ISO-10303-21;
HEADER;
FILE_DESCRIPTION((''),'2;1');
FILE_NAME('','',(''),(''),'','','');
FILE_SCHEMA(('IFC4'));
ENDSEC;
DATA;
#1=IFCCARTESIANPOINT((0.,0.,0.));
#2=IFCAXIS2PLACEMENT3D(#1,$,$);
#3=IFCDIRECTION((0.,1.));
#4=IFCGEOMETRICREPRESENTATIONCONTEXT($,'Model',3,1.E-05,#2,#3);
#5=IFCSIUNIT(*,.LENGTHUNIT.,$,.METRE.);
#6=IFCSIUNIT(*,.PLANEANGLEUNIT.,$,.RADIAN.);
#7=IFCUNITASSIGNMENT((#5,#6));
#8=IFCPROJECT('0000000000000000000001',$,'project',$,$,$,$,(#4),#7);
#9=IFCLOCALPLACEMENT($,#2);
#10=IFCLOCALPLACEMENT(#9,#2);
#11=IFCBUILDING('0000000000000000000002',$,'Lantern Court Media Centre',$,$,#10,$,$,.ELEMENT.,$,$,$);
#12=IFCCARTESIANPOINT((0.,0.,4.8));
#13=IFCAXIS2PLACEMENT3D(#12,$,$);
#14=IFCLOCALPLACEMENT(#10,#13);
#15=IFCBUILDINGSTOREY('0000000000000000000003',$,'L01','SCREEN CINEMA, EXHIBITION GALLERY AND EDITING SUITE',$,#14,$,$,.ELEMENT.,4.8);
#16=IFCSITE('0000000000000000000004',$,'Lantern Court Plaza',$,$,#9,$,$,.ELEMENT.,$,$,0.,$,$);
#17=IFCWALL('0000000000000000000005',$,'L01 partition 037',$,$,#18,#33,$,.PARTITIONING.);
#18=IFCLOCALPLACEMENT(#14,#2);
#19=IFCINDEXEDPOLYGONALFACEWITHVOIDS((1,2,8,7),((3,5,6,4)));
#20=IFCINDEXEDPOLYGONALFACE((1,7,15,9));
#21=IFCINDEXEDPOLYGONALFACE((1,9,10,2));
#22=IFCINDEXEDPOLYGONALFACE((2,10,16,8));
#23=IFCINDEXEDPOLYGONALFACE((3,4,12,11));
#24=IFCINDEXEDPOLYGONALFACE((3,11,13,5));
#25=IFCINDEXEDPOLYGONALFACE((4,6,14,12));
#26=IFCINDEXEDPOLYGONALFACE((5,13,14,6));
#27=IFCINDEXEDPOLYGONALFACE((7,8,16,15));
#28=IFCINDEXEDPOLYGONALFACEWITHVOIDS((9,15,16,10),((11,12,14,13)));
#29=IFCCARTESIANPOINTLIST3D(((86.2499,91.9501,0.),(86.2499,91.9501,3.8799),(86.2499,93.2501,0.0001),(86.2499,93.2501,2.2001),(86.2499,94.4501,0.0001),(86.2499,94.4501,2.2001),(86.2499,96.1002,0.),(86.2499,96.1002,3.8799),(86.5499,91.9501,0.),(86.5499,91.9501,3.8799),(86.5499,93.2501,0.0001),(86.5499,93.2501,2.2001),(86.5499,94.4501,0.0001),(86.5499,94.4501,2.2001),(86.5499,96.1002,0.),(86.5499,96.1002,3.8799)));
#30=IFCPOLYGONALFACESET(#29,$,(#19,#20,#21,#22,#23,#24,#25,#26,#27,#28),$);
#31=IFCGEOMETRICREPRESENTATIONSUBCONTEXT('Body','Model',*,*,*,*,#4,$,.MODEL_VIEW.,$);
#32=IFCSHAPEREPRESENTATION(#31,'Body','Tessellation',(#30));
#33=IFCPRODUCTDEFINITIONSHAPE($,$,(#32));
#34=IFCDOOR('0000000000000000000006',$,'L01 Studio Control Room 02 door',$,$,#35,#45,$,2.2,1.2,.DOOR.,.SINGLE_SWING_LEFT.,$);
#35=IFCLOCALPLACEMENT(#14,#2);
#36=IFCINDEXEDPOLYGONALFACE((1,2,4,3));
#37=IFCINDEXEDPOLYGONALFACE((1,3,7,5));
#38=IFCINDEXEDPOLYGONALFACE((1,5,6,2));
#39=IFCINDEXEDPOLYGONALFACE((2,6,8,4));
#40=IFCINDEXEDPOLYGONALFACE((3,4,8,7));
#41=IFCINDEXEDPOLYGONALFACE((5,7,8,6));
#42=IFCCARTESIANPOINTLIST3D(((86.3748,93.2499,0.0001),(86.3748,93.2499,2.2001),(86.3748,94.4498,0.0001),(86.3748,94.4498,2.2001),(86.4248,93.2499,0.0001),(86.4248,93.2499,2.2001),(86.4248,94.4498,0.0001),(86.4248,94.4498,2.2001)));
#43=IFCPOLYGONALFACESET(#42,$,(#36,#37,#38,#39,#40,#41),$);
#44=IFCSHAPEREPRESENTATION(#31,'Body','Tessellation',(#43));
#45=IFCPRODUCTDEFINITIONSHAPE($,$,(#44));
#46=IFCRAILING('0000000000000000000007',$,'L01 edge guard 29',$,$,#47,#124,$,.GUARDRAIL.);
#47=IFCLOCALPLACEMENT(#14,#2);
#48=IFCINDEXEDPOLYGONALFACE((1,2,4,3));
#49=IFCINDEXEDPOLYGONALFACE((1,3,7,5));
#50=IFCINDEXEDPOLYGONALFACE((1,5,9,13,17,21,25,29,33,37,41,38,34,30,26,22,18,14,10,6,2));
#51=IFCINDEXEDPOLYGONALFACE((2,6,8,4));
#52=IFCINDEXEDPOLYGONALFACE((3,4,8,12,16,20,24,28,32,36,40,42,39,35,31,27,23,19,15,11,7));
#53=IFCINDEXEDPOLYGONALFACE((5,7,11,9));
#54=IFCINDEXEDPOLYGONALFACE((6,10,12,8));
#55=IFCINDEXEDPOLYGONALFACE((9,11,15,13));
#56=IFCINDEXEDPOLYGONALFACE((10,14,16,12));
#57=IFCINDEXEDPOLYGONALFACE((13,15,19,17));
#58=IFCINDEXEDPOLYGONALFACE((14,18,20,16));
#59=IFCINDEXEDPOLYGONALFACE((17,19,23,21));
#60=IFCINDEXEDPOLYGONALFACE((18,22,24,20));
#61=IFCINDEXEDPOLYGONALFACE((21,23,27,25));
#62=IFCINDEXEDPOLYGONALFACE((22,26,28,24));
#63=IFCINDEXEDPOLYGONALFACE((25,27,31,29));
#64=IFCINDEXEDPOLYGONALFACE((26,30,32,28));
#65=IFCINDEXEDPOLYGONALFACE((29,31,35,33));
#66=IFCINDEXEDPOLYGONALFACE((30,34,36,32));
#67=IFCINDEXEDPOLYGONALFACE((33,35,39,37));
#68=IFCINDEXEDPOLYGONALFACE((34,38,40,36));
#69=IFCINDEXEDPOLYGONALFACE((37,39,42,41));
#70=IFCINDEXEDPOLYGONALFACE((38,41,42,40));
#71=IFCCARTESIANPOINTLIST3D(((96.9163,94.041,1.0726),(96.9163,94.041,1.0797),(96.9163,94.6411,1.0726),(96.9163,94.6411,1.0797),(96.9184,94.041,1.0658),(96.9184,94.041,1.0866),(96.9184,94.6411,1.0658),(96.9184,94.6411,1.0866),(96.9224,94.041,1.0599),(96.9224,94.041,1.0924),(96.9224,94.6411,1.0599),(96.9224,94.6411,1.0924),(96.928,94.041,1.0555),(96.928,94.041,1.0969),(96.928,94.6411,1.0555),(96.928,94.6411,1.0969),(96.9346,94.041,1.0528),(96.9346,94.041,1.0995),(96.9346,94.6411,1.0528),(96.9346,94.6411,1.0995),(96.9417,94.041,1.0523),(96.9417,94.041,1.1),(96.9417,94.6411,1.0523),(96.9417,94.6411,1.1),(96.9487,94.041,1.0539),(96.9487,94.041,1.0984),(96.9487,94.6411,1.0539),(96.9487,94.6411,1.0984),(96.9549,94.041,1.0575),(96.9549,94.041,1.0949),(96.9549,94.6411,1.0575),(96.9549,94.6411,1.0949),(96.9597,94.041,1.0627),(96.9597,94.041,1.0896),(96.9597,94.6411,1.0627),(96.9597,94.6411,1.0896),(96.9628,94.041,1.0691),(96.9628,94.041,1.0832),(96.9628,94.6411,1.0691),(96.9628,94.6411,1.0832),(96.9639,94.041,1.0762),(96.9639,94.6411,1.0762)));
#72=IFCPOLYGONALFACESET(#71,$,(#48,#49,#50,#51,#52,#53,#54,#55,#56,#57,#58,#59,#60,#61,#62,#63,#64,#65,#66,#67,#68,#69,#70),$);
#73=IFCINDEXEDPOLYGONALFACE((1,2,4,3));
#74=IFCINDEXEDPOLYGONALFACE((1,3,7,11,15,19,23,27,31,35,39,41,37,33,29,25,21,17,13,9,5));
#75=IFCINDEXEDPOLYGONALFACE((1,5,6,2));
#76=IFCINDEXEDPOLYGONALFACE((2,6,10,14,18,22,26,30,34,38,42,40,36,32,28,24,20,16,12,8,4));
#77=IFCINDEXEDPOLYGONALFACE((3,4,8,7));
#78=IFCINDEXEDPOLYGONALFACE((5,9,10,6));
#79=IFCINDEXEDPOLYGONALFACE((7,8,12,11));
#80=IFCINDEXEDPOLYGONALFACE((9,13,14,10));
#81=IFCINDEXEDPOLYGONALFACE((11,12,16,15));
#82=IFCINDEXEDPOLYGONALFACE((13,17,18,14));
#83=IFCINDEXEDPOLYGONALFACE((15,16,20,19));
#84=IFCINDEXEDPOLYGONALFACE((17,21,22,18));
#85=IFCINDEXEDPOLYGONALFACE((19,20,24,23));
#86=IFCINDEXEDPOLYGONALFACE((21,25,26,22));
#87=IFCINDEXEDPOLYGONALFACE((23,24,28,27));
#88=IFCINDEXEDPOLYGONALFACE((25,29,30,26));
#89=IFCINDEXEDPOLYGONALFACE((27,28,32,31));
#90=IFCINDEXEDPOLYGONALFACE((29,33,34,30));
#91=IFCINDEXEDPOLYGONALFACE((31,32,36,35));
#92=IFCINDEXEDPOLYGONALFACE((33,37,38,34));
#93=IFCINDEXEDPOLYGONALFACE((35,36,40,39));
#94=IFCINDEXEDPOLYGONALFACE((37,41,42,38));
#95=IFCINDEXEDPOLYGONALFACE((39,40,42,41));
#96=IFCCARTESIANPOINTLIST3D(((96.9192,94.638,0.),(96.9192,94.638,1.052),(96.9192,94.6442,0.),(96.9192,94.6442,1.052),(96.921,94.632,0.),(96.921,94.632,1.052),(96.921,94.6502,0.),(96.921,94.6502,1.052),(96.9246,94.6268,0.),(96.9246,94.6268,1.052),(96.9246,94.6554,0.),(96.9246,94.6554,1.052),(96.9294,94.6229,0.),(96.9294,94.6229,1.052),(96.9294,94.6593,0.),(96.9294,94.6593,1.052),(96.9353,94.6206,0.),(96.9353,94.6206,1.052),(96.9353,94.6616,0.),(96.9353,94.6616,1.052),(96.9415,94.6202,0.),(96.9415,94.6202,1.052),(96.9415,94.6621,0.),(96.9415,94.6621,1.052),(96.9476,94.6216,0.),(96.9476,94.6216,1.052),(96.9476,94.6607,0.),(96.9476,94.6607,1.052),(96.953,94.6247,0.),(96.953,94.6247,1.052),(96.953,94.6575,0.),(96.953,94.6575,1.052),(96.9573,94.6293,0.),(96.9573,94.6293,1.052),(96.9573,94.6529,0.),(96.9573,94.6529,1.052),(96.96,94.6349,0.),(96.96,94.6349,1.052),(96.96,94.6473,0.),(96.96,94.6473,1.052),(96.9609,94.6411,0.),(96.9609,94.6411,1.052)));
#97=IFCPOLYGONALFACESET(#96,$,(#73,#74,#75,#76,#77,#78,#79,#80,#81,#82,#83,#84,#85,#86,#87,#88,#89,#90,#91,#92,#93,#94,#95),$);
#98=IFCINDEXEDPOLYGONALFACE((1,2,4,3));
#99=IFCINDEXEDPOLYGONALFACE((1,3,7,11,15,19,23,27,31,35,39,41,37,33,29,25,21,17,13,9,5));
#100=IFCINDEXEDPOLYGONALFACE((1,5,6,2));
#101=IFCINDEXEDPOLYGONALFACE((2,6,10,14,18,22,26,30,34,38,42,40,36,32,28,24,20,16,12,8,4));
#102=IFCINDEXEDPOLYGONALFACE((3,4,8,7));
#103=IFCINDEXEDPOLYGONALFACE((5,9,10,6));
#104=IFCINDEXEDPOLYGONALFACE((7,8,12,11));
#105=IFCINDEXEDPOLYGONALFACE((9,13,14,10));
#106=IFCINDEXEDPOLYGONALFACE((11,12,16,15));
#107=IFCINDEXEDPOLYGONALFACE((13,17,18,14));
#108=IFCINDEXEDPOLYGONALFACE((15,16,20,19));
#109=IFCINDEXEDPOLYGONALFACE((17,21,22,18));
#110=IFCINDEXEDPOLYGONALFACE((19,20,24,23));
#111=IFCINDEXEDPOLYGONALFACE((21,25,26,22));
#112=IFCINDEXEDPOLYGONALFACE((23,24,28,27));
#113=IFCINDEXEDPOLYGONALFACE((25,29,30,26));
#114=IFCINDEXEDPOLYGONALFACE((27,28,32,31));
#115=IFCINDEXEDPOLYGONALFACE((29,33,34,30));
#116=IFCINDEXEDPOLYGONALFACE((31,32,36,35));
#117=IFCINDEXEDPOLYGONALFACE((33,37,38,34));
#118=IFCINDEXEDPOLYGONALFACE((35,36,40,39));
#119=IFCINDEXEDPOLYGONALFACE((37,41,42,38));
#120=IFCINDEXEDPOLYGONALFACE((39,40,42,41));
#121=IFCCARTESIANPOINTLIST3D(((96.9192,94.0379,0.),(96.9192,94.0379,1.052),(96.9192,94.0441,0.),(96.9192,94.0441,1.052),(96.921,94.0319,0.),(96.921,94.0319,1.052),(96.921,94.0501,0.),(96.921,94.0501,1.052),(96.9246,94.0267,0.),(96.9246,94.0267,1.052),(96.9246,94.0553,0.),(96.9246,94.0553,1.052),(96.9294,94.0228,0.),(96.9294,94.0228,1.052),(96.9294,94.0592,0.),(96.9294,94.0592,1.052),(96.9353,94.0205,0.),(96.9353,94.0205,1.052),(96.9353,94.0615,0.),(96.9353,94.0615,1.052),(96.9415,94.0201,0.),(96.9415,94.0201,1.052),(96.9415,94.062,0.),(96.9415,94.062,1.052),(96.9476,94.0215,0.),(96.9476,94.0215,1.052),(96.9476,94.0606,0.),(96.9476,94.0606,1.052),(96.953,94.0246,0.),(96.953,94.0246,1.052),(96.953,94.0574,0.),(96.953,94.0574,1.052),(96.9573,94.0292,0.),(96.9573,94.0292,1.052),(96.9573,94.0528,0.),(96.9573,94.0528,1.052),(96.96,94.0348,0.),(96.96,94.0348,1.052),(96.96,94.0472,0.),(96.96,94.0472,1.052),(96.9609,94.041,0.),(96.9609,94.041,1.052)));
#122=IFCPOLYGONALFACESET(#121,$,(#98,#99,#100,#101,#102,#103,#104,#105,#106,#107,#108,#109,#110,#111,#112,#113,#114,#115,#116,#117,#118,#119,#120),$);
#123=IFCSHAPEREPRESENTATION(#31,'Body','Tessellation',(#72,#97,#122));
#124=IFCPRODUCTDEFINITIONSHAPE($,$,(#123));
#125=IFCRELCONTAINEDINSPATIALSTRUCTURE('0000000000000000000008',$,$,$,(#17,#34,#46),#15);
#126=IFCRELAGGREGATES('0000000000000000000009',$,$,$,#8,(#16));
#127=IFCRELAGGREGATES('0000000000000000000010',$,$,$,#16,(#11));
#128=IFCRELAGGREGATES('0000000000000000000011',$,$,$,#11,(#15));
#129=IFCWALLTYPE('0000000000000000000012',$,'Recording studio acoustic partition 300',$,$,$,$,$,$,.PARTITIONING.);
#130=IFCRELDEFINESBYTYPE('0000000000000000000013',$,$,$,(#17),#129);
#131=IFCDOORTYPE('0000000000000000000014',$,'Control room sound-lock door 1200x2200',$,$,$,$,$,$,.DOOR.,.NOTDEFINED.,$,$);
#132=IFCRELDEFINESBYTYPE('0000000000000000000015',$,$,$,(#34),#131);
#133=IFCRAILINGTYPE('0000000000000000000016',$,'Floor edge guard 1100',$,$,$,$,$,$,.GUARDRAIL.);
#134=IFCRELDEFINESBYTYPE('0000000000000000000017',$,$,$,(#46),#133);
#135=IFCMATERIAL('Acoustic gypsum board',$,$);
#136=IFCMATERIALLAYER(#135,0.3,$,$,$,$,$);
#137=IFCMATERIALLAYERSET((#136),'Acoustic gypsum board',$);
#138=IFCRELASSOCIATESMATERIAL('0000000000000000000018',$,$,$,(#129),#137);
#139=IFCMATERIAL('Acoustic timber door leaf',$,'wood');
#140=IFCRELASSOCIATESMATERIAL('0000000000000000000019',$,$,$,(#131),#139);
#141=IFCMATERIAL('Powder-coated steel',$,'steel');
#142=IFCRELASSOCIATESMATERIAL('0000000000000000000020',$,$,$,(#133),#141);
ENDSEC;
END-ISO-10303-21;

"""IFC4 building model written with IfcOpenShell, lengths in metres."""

from ifc_helpers import new_model, si_unit, direction, frame, frame_2d, origin, origin_2d, place, context, subcontext, project, spatial, rectangle, circle, extrude, material, layer, layer_set, type_object, element, fill, save


model = new_model("IFC4")

# Units and contexts
model_context = context("Model", 3, precision=1e-05, world=origin(), true_north=direction((0.0, 1.0)))
body_context = subcontext(model_context, "Body", "Model", "MODEL_VIEW")
ifc_project = project(units=[si_unit("LENGTHUNIT", "METRE"), si_unit("PLANEANGLEUNIT", "RADIAN")], contexts=[model_context])

# Site, building, storey
site_placement = place(None, origin())
site = spatial("IfcSite", under=ifc_project, at=site_placement, Name="Lantern Court Plaza", CompositionType="ELEMENT", RefElevation=0.0)
building_placement = place(site_placement, origin())
building = spatial("IfcBuilding", under=site, at=building_placement, Name="Lantern Court Media Centre", CompositionType="ELEMENT")
storey_placement = place(building_placement, frame((0.0, 0.0, 4.8)))
storey = spatial("IfcBuildingStorey", under=building, at=storey_placement, Name="L01", Description="SCREEN CINEMA, EXHIBITION GALLERY AND EDITING SUITE", CompositionType="ELEMENT", Elevation=4.8)

# Shared definitions
ifc_material_1 = material(Name="Acoustic gypsum board")
ifc_layer_1 = layer(ifc_material_1, 0.3)
ifc_layer_set_1 = layer_set([ifc_layer_1], Name="Acoustic gypsum board")
wall_type_1 = type_object("IfcWallType", Name="Recording studio acoustic partition 300", PredefinedType="PARTITIONING", material=ifc_layer_set_1)

# Wall, opening, door
wall_1_placement = place(storey_placement, frame((86.3999, 91.95, 0.0), z_axis=(0.0, 0.0, 1.0), x_axis=(0.0, 1.0, 0.0)))
wall_1 = element("IfcWall", 1, at=wall_1_placement, inside=storey, type_object=wall_type_1, Name="L01 partition 037", PredefinedType="PARTITIONING", context=body_context, shape_type="SweptSolid", body=[
    extrude(rectangle(XDim=4.1501, YDim=0.3, at=frame_2d((2.0752, 0.0))), origin(), (0.0, 0.0, 1.0), 3.8799),
])
opening_placement = place(wall_1_placement, frame((1.3, 0.0, 0.0)))
opening = element("IfcOpeningElement", 2, at=opening_placement, cuts=wall_1, PredefinedType="OPENING", context=body_context, shape_type="SweptSolid", body=[
    extrude(rectangle(XDim=1.2, YDim=2.2, at=frame_2d((0.6001, 1.1001))), frame((0.0, 0.1599, 0.0), z_axis=(0.0, -1.0, 0.0), x_axis=(1.0, 0.0, 0.0)), (0.0, 0.0, 1.0), 0.3201),
])
ifc_material_2 = material(Name="Acoustic timber door leaf", Category="wood")
door_type = type_object("IfcDoorType", Name="Control room sound-lock door 1200x2200", OperationType="NOTDEFINED", PredefinedType="DOOR", material=ifc_material_2)
door_placement = place(opening_placement, frame((1.2, 0.0, 0.0), z_axis=(0.0, 0.0, 1.0), x_axis=(-1.0, 0.0, 0.0)))
door = element("IfcDoor", 3, at=door_placement, inside=storey, type_object=door_type, Name="L01 Studio Control Room 02 door", OperationType="SINGLE_SWING_LEFT", OverallHeight=2.2, OverallWidth=1.2, PredefinedType="DOOR", context=body_context, shape_type="SweptSolid", body=[
    extrude(rectangle(XDim=1.2, YDim=2.2, at=frame_2d((0.6001, 1.1001))), frame((0.0, 0.0249, 0.0), z_axis=(0.0, -1.0, 0.0), x_axis=(1.0, 0.0, 0.0)), (0.0, 0.0, 1.0), 0.05),
])
fill(opening, door)

# Railing
ifc_material_3 = material(Name="Powder-coated steel", Category="steel")
railing_type = type_object("IfcRailingType", Name="Floor edge guard 1100", PredefinedType="GUARDRAIL", material=ifc_material_3)
railing_1_placement = place(storey_placement, frame((96.9399, 94.6411, 0.0)))
element("IfcRailing", 4, at=railing_1_placement, inside=storey, type_object=railing_type, Name="L01 edge guard 29", PredefinedType="GUARDRAIL", context=body_context, shape_type="SweptSolid", body=[
    extrude(circle(Radius=0.0239, at=origin_2d()), frame((0.0, 0.0, 1.0762), z_axis=(0.0, -1.0, 0.0), x_axis=(1.0, 0.0, 0.0)), (0.0, 0.0, 1.0), 0.6001),
    extrude(circle(Radius=0.021, at=origin_2d()), origin(), (0.0, 0.0, 1.0), 1.052),
    extrude(circle(Radius=0.021, at=origin_2d()), frame((0.0, -0.6001, 0.0)), (0.0, 0.0, 1.0), 1.052),
])

save(model, "model.ifc")
